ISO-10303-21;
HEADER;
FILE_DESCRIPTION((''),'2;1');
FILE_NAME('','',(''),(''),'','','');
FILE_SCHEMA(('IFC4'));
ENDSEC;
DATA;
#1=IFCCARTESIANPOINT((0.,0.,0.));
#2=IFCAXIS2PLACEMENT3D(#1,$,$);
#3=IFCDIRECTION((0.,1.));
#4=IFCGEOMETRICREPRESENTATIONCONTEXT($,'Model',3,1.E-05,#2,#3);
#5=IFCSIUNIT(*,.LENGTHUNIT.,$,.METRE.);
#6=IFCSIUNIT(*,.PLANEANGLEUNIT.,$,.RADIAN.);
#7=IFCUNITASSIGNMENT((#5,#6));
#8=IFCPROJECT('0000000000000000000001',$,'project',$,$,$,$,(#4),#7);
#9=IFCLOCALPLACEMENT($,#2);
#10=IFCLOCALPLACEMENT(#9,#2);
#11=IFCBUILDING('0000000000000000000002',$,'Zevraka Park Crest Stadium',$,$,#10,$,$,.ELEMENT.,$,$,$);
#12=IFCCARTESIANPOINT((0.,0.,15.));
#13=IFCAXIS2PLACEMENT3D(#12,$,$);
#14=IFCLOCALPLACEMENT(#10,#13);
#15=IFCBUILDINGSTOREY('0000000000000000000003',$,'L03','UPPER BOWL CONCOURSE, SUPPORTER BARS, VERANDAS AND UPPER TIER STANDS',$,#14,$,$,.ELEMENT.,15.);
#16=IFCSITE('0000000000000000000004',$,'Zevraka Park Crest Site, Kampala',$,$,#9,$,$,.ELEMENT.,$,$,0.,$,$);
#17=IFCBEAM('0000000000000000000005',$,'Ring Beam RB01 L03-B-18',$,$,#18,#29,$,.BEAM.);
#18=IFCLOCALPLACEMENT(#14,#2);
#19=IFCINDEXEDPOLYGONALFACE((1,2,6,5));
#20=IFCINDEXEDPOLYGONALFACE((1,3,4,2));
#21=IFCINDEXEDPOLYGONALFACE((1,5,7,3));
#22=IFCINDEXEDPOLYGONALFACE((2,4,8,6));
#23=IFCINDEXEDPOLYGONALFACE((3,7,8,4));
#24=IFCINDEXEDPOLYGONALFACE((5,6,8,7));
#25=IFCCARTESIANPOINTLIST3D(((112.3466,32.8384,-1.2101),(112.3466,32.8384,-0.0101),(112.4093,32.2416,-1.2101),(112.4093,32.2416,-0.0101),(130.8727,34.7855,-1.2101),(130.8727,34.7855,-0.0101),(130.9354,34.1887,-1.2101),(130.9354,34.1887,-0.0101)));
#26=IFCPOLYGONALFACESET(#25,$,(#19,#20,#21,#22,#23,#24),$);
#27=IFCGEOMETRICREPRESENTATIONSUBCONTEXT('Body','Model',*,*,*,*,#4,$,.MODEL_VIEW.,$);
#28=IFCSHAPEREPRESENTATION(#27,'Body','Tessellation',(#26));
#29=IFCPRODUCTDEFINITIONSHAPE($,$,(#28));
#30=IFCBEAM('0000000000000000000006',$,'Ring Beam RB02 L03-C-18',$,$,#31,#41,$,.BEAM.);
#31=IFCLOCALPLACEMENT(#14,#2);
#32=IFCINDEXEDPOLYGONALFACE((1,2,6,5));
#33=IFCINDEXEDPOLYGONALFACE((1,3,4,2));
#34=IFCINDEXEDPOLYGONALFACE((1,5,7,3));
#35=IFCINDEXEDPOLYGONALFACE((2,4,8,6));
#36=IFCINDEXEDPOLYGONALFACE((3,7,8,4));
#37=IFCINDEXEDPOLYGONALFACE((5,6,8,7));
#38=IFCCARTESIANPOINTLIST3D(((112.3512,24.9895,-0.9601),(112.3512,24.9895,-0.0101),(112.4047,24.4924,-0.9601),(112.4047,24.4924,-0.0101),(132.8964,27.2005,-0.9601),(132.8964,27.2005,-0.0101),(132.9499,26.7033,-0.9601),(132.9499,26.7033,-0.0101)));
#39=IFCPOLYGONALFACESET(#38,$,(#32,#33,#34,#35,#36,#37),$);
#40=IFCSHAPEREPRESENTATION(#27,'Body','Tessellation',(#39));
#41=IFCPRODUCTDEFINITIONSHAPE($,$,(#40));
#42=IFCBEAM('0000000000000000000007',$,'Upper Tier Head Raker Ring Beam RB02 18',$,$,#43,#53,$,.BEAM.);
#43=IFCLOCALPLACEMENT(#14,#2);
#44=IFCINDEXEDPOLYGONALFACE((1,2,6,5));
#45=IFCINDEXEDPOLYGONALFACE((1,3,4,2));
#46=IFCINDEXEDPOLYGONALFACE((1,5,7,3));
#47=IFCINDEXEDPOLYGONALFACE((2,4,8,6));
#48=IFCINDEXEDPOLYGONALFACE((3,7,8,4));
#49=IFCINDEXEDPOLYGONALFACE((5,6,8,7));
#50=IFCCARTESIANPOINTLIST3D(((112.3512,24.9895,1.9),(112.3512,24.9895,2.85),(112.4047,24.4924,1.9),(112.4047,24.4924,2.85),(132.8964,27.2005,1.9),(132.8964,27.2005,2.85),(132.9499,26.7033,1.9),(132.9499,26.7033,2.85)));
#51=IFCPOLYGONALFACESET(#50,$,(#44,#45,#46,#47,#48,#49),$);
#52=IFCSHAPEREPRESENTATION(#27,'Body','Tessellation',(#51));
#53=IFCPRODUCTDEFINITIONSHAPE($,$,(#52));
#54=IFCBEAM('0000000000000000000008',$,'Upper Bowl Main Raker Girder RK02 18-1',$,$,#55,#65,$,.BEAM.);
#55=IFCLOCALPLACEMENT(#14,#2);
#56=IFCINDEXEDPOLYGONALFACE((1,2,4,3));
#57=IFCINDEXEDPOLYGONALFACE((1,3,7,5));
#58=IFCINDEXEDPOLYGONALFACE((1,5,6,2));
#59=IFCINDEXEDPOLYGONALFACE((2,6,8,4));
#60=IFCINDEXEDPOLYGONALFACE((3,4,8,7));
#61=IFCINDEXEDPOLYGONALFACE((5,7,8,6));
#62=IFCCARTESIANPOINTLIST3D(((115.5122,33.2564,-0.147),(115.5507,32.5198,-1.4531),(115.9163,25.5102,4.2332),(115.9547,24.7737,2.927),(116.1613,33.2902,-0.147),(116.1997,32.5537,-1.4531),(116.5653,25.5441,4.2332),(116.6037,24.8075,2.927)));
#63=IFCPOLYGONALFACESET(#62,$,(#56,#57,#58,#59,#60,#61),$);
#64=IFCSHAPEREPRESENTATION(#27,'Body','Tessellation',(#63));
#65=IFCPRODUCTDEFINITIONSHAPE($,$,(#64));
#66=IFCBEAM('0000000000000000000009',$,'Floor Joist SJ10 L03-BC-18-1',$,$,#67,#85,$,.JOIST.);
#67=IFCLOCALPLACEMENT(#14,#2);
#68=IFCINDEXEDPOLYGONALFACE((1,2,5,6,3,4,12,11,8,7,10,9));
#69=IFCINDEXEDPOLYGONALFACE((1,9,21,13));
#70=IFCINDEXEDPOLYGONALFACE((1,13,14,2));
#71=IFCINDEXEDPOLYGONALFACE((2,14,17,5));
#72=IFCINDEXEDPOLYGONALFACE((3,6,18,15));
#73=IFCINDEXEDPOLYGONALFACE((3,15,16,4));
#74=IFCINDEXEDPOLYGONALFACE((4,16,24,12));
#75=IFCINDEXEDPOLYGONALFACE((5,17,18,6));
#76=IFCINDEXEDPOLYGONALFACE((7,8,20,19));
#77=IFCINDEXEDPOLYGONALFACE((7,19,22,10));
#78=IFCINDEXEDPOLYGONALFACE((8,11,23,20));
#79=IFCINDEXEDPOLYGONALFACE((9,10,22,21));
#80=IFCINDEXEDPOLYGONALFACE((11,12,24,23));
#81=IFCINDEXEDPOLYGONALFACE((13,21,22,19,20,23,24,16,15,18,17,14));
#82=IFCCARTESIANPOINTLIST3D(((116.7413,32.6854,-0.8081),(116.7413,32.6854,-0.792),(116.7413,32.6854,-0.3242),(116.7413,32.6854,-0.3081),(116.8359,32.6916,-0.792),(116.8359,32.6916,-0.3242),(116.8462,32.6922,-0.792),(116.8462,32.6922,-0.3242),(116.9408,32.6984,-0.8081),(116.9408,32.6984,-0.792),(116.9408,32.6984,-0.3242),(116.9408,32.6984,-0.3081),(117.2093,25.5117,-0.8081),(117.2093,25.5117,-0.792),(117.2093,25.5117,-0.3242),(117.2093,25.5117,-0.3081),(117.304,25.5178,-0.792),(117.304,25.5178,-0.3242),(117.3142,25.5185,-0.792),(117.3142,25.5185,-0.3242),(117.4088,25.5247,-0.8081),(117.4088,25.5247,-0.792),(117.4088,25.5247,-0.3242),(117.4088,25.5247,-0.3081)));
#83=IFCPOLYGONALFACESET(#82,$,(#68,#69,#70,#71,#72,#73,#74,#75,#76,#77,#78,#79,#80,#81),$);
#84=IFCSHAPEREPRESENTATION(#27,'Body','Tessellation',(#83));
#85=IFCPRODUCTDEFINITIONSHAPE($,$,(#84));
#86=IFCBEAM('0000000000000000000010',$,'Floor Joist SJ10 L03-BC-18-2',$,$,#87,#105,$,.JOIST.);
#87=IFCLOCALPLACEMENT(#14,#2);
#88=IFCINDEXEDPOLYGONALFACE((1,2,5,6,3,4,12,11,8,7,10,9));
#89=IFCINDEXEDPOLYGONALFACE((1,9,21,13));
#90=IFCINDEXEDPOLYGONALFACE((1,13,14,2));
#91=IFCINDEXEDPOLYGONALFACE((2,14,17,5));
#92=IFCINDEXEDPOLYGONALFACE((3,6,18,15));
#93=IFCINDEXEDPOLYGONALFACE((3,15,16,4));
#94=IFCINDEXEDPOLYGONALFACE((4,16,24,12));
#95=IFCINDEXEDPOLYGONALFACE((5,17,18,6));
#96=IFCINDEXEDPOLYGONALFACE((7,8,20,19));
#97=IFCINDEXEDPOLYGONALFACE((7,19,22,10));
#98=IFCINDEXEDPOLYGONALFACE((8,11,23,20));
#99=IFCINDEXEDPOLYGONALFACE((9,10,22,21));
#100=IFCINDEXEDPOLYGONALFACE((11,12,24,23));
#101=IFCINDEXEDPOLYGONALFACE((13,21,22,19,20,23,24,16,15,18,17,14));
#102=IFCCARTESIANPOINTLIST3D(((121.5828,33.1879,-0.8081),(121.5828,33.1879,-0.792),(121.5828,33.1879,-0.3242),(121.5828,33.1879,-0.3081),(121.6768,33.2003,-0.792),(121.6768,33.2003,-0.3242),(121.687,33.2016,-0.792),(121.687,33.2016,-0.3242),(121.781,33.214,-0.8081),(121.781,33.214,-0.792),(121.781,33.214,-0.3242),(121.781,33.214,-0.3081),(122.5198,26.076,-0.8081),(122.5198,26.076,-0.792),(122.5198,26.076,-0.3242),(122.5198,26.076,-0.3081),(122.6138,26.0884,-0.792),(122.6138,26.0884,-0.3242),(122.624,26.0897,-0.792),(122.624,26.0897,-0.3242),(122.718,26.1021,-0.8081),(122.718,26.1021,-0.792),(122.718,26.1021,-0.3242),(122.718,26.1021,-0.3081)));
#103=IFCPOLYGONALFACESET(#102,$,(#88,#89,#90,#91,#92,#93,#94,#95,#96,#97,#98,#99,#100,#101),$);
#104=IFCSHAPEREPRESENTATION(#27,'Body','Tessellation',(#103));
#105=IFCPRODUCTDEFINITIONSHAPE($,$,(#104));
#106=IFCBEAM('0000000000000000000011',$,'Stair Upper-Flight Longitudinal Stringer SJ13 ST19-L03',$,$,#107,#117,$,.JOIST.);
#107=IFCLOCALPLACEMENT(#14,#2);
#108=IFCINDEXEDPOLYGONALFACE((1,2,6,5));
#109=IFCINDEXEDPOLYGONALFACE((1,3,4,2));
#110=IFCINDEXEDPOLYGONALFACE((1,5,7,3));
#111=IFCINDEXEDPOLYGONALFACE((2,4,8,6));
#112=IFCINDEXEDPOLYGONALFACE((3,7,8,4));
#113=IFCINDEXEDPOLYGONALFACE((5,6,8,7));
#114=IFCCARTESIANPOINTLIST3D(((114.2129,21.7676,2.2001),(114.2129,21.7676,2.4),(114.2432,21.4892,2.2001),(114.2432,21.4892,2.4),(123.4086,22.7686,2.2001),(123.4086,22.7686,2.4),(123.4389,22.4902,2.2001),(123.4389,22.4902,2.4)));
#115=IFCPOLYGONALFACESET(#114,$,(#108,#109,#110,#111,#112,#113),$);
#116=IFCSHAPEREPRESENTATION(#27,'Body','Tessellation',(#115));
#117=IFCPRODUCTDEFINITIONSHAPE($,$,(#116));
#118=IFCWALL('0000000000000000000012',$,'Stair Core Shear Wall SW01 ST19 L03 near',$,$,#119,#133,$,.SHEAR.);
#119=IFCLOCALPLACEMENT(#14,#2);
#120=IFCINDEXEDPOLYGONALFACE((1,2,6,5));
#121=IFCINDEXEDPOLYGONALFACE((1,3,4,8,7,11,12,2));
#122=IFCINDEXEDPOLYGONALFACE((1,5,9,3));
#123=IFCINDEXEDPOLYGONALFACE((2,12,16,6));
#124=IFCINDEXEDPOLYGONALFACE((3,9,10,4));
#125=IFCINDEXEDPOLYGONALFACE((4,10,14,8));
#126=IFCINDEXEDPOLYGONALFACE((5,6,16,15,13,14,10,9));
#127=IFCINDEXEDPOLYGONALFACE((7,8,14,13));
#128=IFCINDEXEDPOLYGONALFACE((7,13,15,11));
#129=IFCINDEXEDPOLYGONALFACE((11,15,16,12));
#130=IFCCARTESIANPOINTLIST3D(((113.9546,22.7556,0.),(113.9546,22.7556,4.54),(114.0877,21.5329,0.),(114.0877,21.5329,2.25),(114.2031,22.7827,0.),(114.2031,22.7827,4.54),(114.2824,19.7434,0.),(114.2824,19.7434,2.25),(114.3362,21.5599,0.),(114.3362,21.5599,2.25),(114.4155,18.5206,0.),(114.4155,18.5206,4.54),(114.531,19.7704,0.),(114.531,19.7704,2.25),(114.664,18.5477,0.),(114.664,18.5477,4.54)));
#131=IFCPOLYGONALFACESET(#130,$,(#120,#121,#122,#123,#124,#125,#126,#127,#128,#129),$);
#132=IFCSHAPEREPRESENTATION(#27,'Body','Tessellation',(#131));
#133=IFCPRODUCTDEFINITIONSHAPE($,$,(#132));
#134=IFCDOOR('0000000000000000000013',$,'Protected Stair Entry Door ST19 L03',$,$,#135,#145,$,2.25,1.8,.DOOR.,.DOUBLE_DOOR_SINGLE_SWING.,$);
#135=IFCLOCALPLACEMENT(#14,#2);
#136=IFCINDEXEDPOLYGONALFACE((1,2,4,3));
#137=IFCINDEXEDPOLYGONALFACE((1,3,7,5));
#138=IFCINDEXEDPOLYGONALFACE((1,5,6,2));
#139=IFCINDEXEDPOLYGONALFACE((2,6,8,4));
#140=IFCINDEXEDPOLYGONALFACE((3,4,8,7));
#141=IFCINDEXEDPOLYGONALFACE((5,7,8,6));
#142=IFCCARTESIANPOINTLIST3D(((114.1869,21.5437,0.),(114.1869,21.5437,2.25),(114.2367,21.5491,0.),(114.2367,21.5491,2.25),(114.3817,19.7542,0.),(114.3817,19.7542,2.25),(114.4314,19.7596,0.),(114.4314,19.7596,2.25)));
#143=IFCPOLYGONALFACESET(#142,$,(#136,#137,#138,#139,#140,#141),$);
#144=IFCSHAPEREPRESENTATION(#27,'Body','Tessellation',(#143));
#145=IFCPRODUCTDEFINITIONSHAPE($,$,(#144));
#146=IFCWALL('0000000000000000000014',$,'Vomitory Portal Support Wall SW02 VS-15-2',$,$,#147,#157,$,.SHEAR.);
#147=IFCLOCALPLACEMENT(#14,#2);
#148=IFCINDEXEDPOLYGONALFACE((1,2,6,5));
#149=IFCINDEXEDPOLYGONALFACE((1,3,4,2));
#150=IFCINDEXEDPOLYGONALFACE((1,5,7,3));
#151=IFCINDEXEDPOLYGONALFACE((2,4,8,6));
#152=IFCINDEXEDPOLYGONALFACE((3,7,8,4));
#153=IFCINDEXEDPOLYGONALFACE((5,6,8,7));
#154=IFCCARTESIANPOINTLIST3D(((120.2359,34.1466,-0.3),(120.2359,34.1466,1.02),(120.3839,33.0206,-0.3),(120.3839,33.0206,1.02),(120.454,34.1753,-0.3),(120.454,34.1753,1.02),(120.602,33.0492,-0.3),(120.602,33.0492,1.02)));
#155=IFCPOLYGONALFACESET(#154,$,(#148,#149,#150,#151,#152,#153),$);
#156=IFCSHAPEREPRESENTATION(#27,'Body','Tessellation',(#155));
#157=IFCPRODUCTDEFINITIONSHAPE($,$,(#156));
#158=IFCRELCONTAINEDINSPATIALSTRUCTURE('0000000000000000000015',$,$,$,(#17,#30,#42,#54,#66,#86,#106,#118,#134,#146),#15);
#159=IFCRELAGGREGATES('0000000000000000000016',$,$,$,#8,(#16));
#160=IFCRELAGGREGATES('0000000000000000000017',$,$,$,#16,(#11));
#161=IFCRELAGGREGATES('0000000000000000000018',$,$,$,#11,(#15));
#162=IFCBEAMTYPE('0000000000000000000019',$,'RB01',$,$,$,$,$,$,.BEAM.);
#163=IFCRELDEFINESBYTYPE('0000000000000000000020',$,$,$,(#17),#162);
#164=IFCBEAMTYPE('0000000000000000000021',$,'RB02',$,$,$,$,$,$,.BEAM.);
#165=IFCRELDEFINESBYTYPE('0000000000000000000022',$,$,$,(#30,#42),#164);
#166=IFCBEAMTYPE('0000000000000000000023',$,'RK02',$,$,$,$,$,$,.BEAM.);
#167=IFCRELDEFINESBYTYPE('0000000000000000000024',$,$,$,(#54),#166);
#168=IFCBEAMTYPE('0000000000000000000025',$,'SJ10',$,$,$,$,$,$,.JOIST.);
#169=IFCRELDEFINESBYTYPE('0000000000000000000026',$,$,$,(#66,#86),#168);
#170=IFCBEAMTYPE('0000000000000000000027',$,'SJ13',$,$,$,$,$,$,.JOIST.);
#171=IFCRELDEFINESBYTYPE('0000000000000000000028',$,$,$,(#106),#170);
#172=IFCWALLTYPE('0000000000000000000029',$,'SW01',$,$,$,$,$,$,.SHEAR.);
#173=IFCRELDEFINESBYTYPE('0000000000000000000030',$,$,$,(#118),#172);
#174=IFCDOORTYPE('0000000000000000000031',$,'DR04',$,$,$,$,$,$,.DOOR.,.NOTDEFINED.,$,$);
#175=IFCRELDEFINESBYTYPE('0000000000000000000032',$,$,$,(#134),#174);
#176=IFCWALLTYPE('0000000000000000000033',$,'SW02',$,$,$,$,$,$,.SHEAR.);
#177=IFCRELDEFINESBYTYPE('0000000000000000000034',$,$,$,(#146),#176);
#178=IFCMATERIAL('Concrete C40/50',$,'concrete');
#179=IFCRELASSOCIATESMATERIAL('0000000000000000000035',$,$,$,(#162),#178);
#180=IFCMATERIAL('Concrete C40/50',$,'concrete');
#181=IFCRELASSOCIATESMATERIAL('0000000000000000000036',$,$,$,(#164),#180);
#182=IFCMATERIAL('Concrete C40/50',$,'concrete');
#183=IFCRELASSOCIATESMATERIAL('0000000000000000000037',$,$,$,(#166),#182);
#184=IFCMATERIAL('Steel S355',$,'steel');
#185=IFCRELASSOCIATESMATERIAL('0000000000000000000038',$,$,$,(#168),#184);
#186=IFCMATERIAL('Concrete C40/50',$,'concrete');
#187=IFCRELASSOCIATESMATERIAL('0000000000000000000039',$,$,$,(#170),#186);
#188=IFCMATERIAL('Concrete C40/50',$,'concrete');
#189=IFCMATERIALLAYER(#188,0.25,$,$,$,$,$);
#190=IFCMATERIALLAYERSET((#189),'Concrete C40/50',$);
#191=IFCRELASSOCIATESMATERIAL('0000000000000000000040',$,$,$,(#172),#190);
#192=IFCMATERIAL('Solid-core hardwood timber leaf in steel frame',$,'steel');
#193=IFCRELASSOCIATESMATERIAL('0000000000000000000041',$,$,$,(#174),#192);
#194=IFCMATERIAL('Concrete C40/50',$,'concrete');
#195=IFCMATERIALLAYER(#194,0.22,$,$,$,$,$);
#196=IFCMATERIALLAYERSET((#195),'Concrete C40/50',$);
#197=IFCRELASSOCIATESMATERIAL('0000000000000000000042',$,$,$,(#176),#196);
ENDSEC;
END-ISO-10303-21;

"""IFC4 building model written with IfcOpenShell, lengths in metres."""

from ifc_helpers import new_model, si_unit, direction, frame, frame_2d, origin, origin_2d, place, context, subcontext, project, spatial, rectangle, i_section, extrude, material, layer, layer_set, material_profile, profile_set, type_object, element, fill, save


model = new_model("IFC4")

# Units and contexts
model_context = context("Model", 3, precision=1e-05, world=origin(), true_north=direction((0.0, 1.0)))
body_context = subcontext(model_context, "Body", "Model", "MODEL_VIEW")
ifc_project = project(units=[si_unit("LENGTHUNIT", "METRE"), si_unit("PLANEANGLEUNIT", "RADIAN")], contexts=[model_context])

# Site, building, storey
site_placement = place(None, origin())
site = spatial("IfcSite", under=ifc_project, at=site_placement, Name="Zevraka Park Crest Site, Kampala", CompositionType="ELEMENT", RefElevation=0.0)
building_placement = place(site_placement, origin())
building = spatial("IfcBuilding", under=site, at=building_placement, Name="Zevraka Park Crest Stadium", CompositionType="ELEMENT")
storey_placement = place(building_placement, frame((0.0, 0.0, 15.0)))
storey = spatial("IfcBuildingStorey", under=building, at=storey_placement, Name="L03", Description="UPPER BOWL CONCOURSE, SUPPORTER BARS, VERANDAS AND UPPER TIER STANDS", CompositionType="ELEMENT", Elevation=15.0)

# Beams
ifc_material_1 = material(Name="Concrete C40/50", Category="concrete")
ifc_material_profile_1 = material_profile(ifc_material_1, rectangle(XDim=0.6001, YDim=1.2, at=origin_2d()), Name="RC 1200x600")
ifc_profile_set_1 = profile_set([ifc_material_profile_1], Name="Concrete C40/50")
beam_type_1 = type_object("IfcBeamType", Name="RB01", PredefinedType="BEAM", material=ifc_profile_set_1)
beam_1_placement = place(storey_placement, frame((112.3779, 32.54, -0.6101), z_axis=(0.994523, 0.10452, 0.0), x_axis=(-0.10452, 0.994523, 0.0)))
element("IfcBeam", 1, at=beam_1_placement, inside=storey, type_object=beam_type_1, Name="Ring Beam RB01 L03-B-18", PredefinedType="BEAM", context=body_context, shape_type="SweptSolid", body=[
    extrude(rectangle(XDim=0.6001, YDim=1.2, at=origin_2d()), origin(), (0.0, 0.0, 1.0), 18.6282),
])
ifc_material_2 = material(Name="Concrete C40/50", Category="concrete")
ifc_material_profile_2 = material_profile(ifc_material_2, rectangle(XDim=0.5, YDim=0.95, at=origin_2d()), Name="RC 950x500")
ifc_profile_set_2 = profile_set([ifc_material_profile_2], Name="Concrete C40/50")
beam_type_2 = type_object("IfcBeamType", Name="RB02", PredefinedType="BEAM", material=ifc_profile_set_2)
for number, where, z_axis, x_axis, name in (
    (2, (112.3779, 24.741, -0.4851), (0.994259, 0.106996, 0.0), (-0.106996, 0.994259, 0.0), "Ring Beam RB02 L03-C-18"),
    (3, (112.3779, 24.741, 2.375), (0.994259, 0.106996, 0.0), (-0.106996, 0.994259, 0.0), "Upper Tier Head Raker Ring Beam RB02 18"),
):
    element("IfcBeam", number, at=place(storey_placement, frame(where, z_axis=z_axis, x_axis=x_axis)), inside=storey, type_object=beam_type_2, Name=name, PredefinedType="BEAM", context=body_context, shape_type="SweptSolid", body=[
        extrude(rectangle(XDim=0.5, YDim=0.95, at=origin_2d()), origin(), (0.0, 0.0, 1.0), 20.6638),
    ])
ifc_material_3 = material(Name="Concrete C40/50", Category="concrete")
ifc_material_profile_3 = material_profile(ifc_material_3, rectangle(XDim=0.6499, YDim=1.5, at=origin_2d()), Name="RC 1500x650")
ifc_profile_set_3 = profile_set([ifc_material_profile_3], Name="Concrete C40/50")
beam_type_3 = type_object("IfcBeamType", Name="RK02", PredefinedType="BEAM", material=ifc_profile_set_3)
beam_2_placement = place(storey_placement, frame((115.856, 32.905, -0.8), z_axis=(0.045359, -0.869575, 0.491712), x_axis=(0.998642, 0.052091, 0.0)))
element("IfcBeam", 4, at=beam_2_placement, inside=storey, type_object=beam_type_3, Name="Upper Bowl Main Raker Girder RK02 18-1", PredefinedType="BEAM", context=body_context, shape_type="SweptSolid", body=[
    extrude(rectangle(XDim=0.6499, YDim=1.5, at=origin_2d()), origin(), (0.0, 0.0, 1.0), 8.908),
])
ifc_material_4 = material(Name="Steel S355", Category="steel")
ifc_material_profile_4 = material_profile(ifc_material_4, i_section(OverallWidth=0.2, OverallDepth=0.5, WebThickness=0.0103, FlangeThickness=0.0161, at=origin_2d()), Name="IPE 500")
ifc_profile_set_4 = profile_set([ifc_material_profile_4], Name="Steel S355")
beam_type_4 = type_object("IfcBeamType", Name="SJ10", PredefinedType="JOIST", material=ifc_profile_set_4)
beam_3_placement = place(storey_placement, frame((116.8411, 32.6919, -0.5581), z_axis=(0.065101, -0.997879, 0.0), x_axis=(0.997879, 0.065101, 0.0)))
element("IfcBeam", 5, at=beam_3_placement, inside=storey, type_object=beam_type_4, Name="Floor Joist SJ10 L03-BC-18-1", PredefinedType="JOIST", context=body_context, shape_type="SweptSolid", body=[
    extrude(i_section(OverallWidth=0.2, OverallDepth=0.5, WebThickness=0.0103, FlangeThickness=0.0161, at=origin_2d()), origin(), (0.0, 0.0, 1.0), 7.189),
])
beam_4_placement = place(storey_placement, frame((121.6819, 33.2009, -0.5581), z_axis=(0.130625, -0.991432, 0.0), x_axis=(0.991432, 0.130625, 0.0)))
element("IfcBeam", 6, at=beam_4_placement, inside=storey, type_object=beam_type_4, Name="Floor Joist SJ10 L03-BC-18-2", PredefinedType="JOIST", context=body_context, shape_type="SweptSolid", body=[
    extrude(i_section(OverallWidth=0.2, OverallDepth=0.5, WebThickness=0.0103, FlangeThickness=0.0161, at=origin_2d()), origin(), (0.0, 0.0, 1.0), 7.1733),
])
ifc_material_5 = material(Name="Concrete C40/50", Category="concrete")
ifc_material_profile_5 = material_profile(ifc_material_5, rectangle(XDim=0.28, YDim=0.2, at=origin_2d()), Name="RC 200x280")
ifc_profile_set_5 = profile_set([ifc_material_profile_5], Name="Concrete C40/50")
beam_type_5 = type_object("IfcBeamType", Name="SJ13", PredefinedType="JOIST", material=ifc_profile_set_5)
beam_5_placement = place(storey_placement, frame((114.228, 21.6284, 2.3), z_axis=(0.994128, 0.108212, 0.0), x_axis=(-0.108212, 0.994128, 0.0)))
element("IfcBeam", 7, at=beam_5_placement, inside=storey, type_object=beam_type_5, Name="Stair Upper-Flight Longitudinal Stringer SJ13 ST19-L03", PredefinedType="JOIST", context=body_context, shape_type="SweptSolid", body=[
    extrude(rectangle(XDim=0.28, YDim=0.2, at=origin_2d()), origin(), (0.0, 0.0, 1.0), 9.25),
])

# Wall, opening, door
ifc_material_6 = material(Name="Concrete C40/50", Category="concrete")
ifc_layer_1 = layer(ifc_material_6, 0.25)
ifc_layer_set_1 = layer_set([ifc_layer_1], Name="Concrete C40/50")
wall_type_1 = type_object("IfcWallType", Name="SW01", PredefinedType="SHEAR", material=ifc_layer_set_1)
wall_1_placement = place(storey_placement, frame((114.0789, 22.769, 0.0), z_axis=(0.0, 0.0, 1.0), x_axis=(0.108198, -0.994129, 0.0)))
wall_1 = element("IfcWall", 8, at=wall_1_placement, inside=storey, type_object=wall_type_1, Name="Stair Core Shear Wall SW01 ST19 L03 near", PredefinedType="SHEAR", context=body_context, shape_type="SweptSolid", body=[
    extrude(rectangle(XDim=4.26, YDim=0.25, at=frame_2d((2.1299, 0.0))), origin(), (0.0, 0.0, 1.0), 4.54),
])
opening_placement = place(wall_1_placement, frame((1.23, 0.0, 0.0)))
opening = element("IfcOpeningElement", 9, at=opening_placement, cuts=wall_1, PredefinedType="OPENING", context=body_context, shape_type="SweptSolid", body=[
    extrude(rectangle(XDim=1.8, YDim=2.25, at=frame_2d((0.8999, 1.125))), frame((0.0, 0.135, 0.0), z_axis=(0.0, -1.0, 0.0), x_axis=(1.0, 0.0, 0.0)), (0.0, 0.0, 1.0), 0.27),
])
ifc_material_7 = material(Name="Solid-core hardwood timber leaf in steel frame", Category="steel")
door_type = type_object("IfcDoorType", Name="DR04", OperationType="NOTDEFINED", PredefinedType="DOOR", material=ifc_material_7)
door_placement = place(opening_placement, origin())
door = element("IfcDoor", 10, at=door_placement, inside=storey, type_object=door_type, Name="Protected Stair Entry Door ST19 L03", OperationType="DOUBLE_DOOR_SINGLE_SWING", OverallHeight=2.25, OverallWidth=1.8, PredefinedType="DOOR", context=body_context, shape_type="SweptSolid", body=[
    extrude(rectangle(XDim=1.8, YDim=2.25, at=frame_2d((0.8999, 1.125))), frame((0.0, 0.0249, 0.0), z_axis=(0.0, -1.0, 0.0), x_axis=(1.0, 0.0, 0.0)), (0.0, 0.0, 1.0), 0.05),
])
fill(opening, door)

# Wall
ifc_material_8 = material(Name="Concrete C40/50", Category="concrete")
ifc_layer_2 = layer(ifc_material_8, 0.22)
ifc_layer_set_2 = layer_set([ifc_layer_2], Name="Concrete C40/50")
wall_type_2 = type_object("IfcWallType", Name="SW02", PredefinedType="SHEAR", material=ifc_layer_set_2)
wall_2_placement = place(storey_placement, frame((120.4929, 33.0349, -0.3), z_axis=(0.0, 0.0, 1.0), x_axis=(-0.130277, 0.991478, 0.0)))
element("IfcWall", 11, at=wall_2_placement, inside=storey, type_object=wall_type_2, Name="Vomitory Portal Support Wall SW02 VS-15-2", PredefinedType="SHEAR", context=body_context, shape_type="SweptSolid", body=[
    extrude(rectangle(XDim=1.1357, YDim=0.22, at=frame_2d((0.5679, 0.0))), origin(), (0.0, 0.0, 1.0), 1.3201),
])

save(model, "model.ifc")
